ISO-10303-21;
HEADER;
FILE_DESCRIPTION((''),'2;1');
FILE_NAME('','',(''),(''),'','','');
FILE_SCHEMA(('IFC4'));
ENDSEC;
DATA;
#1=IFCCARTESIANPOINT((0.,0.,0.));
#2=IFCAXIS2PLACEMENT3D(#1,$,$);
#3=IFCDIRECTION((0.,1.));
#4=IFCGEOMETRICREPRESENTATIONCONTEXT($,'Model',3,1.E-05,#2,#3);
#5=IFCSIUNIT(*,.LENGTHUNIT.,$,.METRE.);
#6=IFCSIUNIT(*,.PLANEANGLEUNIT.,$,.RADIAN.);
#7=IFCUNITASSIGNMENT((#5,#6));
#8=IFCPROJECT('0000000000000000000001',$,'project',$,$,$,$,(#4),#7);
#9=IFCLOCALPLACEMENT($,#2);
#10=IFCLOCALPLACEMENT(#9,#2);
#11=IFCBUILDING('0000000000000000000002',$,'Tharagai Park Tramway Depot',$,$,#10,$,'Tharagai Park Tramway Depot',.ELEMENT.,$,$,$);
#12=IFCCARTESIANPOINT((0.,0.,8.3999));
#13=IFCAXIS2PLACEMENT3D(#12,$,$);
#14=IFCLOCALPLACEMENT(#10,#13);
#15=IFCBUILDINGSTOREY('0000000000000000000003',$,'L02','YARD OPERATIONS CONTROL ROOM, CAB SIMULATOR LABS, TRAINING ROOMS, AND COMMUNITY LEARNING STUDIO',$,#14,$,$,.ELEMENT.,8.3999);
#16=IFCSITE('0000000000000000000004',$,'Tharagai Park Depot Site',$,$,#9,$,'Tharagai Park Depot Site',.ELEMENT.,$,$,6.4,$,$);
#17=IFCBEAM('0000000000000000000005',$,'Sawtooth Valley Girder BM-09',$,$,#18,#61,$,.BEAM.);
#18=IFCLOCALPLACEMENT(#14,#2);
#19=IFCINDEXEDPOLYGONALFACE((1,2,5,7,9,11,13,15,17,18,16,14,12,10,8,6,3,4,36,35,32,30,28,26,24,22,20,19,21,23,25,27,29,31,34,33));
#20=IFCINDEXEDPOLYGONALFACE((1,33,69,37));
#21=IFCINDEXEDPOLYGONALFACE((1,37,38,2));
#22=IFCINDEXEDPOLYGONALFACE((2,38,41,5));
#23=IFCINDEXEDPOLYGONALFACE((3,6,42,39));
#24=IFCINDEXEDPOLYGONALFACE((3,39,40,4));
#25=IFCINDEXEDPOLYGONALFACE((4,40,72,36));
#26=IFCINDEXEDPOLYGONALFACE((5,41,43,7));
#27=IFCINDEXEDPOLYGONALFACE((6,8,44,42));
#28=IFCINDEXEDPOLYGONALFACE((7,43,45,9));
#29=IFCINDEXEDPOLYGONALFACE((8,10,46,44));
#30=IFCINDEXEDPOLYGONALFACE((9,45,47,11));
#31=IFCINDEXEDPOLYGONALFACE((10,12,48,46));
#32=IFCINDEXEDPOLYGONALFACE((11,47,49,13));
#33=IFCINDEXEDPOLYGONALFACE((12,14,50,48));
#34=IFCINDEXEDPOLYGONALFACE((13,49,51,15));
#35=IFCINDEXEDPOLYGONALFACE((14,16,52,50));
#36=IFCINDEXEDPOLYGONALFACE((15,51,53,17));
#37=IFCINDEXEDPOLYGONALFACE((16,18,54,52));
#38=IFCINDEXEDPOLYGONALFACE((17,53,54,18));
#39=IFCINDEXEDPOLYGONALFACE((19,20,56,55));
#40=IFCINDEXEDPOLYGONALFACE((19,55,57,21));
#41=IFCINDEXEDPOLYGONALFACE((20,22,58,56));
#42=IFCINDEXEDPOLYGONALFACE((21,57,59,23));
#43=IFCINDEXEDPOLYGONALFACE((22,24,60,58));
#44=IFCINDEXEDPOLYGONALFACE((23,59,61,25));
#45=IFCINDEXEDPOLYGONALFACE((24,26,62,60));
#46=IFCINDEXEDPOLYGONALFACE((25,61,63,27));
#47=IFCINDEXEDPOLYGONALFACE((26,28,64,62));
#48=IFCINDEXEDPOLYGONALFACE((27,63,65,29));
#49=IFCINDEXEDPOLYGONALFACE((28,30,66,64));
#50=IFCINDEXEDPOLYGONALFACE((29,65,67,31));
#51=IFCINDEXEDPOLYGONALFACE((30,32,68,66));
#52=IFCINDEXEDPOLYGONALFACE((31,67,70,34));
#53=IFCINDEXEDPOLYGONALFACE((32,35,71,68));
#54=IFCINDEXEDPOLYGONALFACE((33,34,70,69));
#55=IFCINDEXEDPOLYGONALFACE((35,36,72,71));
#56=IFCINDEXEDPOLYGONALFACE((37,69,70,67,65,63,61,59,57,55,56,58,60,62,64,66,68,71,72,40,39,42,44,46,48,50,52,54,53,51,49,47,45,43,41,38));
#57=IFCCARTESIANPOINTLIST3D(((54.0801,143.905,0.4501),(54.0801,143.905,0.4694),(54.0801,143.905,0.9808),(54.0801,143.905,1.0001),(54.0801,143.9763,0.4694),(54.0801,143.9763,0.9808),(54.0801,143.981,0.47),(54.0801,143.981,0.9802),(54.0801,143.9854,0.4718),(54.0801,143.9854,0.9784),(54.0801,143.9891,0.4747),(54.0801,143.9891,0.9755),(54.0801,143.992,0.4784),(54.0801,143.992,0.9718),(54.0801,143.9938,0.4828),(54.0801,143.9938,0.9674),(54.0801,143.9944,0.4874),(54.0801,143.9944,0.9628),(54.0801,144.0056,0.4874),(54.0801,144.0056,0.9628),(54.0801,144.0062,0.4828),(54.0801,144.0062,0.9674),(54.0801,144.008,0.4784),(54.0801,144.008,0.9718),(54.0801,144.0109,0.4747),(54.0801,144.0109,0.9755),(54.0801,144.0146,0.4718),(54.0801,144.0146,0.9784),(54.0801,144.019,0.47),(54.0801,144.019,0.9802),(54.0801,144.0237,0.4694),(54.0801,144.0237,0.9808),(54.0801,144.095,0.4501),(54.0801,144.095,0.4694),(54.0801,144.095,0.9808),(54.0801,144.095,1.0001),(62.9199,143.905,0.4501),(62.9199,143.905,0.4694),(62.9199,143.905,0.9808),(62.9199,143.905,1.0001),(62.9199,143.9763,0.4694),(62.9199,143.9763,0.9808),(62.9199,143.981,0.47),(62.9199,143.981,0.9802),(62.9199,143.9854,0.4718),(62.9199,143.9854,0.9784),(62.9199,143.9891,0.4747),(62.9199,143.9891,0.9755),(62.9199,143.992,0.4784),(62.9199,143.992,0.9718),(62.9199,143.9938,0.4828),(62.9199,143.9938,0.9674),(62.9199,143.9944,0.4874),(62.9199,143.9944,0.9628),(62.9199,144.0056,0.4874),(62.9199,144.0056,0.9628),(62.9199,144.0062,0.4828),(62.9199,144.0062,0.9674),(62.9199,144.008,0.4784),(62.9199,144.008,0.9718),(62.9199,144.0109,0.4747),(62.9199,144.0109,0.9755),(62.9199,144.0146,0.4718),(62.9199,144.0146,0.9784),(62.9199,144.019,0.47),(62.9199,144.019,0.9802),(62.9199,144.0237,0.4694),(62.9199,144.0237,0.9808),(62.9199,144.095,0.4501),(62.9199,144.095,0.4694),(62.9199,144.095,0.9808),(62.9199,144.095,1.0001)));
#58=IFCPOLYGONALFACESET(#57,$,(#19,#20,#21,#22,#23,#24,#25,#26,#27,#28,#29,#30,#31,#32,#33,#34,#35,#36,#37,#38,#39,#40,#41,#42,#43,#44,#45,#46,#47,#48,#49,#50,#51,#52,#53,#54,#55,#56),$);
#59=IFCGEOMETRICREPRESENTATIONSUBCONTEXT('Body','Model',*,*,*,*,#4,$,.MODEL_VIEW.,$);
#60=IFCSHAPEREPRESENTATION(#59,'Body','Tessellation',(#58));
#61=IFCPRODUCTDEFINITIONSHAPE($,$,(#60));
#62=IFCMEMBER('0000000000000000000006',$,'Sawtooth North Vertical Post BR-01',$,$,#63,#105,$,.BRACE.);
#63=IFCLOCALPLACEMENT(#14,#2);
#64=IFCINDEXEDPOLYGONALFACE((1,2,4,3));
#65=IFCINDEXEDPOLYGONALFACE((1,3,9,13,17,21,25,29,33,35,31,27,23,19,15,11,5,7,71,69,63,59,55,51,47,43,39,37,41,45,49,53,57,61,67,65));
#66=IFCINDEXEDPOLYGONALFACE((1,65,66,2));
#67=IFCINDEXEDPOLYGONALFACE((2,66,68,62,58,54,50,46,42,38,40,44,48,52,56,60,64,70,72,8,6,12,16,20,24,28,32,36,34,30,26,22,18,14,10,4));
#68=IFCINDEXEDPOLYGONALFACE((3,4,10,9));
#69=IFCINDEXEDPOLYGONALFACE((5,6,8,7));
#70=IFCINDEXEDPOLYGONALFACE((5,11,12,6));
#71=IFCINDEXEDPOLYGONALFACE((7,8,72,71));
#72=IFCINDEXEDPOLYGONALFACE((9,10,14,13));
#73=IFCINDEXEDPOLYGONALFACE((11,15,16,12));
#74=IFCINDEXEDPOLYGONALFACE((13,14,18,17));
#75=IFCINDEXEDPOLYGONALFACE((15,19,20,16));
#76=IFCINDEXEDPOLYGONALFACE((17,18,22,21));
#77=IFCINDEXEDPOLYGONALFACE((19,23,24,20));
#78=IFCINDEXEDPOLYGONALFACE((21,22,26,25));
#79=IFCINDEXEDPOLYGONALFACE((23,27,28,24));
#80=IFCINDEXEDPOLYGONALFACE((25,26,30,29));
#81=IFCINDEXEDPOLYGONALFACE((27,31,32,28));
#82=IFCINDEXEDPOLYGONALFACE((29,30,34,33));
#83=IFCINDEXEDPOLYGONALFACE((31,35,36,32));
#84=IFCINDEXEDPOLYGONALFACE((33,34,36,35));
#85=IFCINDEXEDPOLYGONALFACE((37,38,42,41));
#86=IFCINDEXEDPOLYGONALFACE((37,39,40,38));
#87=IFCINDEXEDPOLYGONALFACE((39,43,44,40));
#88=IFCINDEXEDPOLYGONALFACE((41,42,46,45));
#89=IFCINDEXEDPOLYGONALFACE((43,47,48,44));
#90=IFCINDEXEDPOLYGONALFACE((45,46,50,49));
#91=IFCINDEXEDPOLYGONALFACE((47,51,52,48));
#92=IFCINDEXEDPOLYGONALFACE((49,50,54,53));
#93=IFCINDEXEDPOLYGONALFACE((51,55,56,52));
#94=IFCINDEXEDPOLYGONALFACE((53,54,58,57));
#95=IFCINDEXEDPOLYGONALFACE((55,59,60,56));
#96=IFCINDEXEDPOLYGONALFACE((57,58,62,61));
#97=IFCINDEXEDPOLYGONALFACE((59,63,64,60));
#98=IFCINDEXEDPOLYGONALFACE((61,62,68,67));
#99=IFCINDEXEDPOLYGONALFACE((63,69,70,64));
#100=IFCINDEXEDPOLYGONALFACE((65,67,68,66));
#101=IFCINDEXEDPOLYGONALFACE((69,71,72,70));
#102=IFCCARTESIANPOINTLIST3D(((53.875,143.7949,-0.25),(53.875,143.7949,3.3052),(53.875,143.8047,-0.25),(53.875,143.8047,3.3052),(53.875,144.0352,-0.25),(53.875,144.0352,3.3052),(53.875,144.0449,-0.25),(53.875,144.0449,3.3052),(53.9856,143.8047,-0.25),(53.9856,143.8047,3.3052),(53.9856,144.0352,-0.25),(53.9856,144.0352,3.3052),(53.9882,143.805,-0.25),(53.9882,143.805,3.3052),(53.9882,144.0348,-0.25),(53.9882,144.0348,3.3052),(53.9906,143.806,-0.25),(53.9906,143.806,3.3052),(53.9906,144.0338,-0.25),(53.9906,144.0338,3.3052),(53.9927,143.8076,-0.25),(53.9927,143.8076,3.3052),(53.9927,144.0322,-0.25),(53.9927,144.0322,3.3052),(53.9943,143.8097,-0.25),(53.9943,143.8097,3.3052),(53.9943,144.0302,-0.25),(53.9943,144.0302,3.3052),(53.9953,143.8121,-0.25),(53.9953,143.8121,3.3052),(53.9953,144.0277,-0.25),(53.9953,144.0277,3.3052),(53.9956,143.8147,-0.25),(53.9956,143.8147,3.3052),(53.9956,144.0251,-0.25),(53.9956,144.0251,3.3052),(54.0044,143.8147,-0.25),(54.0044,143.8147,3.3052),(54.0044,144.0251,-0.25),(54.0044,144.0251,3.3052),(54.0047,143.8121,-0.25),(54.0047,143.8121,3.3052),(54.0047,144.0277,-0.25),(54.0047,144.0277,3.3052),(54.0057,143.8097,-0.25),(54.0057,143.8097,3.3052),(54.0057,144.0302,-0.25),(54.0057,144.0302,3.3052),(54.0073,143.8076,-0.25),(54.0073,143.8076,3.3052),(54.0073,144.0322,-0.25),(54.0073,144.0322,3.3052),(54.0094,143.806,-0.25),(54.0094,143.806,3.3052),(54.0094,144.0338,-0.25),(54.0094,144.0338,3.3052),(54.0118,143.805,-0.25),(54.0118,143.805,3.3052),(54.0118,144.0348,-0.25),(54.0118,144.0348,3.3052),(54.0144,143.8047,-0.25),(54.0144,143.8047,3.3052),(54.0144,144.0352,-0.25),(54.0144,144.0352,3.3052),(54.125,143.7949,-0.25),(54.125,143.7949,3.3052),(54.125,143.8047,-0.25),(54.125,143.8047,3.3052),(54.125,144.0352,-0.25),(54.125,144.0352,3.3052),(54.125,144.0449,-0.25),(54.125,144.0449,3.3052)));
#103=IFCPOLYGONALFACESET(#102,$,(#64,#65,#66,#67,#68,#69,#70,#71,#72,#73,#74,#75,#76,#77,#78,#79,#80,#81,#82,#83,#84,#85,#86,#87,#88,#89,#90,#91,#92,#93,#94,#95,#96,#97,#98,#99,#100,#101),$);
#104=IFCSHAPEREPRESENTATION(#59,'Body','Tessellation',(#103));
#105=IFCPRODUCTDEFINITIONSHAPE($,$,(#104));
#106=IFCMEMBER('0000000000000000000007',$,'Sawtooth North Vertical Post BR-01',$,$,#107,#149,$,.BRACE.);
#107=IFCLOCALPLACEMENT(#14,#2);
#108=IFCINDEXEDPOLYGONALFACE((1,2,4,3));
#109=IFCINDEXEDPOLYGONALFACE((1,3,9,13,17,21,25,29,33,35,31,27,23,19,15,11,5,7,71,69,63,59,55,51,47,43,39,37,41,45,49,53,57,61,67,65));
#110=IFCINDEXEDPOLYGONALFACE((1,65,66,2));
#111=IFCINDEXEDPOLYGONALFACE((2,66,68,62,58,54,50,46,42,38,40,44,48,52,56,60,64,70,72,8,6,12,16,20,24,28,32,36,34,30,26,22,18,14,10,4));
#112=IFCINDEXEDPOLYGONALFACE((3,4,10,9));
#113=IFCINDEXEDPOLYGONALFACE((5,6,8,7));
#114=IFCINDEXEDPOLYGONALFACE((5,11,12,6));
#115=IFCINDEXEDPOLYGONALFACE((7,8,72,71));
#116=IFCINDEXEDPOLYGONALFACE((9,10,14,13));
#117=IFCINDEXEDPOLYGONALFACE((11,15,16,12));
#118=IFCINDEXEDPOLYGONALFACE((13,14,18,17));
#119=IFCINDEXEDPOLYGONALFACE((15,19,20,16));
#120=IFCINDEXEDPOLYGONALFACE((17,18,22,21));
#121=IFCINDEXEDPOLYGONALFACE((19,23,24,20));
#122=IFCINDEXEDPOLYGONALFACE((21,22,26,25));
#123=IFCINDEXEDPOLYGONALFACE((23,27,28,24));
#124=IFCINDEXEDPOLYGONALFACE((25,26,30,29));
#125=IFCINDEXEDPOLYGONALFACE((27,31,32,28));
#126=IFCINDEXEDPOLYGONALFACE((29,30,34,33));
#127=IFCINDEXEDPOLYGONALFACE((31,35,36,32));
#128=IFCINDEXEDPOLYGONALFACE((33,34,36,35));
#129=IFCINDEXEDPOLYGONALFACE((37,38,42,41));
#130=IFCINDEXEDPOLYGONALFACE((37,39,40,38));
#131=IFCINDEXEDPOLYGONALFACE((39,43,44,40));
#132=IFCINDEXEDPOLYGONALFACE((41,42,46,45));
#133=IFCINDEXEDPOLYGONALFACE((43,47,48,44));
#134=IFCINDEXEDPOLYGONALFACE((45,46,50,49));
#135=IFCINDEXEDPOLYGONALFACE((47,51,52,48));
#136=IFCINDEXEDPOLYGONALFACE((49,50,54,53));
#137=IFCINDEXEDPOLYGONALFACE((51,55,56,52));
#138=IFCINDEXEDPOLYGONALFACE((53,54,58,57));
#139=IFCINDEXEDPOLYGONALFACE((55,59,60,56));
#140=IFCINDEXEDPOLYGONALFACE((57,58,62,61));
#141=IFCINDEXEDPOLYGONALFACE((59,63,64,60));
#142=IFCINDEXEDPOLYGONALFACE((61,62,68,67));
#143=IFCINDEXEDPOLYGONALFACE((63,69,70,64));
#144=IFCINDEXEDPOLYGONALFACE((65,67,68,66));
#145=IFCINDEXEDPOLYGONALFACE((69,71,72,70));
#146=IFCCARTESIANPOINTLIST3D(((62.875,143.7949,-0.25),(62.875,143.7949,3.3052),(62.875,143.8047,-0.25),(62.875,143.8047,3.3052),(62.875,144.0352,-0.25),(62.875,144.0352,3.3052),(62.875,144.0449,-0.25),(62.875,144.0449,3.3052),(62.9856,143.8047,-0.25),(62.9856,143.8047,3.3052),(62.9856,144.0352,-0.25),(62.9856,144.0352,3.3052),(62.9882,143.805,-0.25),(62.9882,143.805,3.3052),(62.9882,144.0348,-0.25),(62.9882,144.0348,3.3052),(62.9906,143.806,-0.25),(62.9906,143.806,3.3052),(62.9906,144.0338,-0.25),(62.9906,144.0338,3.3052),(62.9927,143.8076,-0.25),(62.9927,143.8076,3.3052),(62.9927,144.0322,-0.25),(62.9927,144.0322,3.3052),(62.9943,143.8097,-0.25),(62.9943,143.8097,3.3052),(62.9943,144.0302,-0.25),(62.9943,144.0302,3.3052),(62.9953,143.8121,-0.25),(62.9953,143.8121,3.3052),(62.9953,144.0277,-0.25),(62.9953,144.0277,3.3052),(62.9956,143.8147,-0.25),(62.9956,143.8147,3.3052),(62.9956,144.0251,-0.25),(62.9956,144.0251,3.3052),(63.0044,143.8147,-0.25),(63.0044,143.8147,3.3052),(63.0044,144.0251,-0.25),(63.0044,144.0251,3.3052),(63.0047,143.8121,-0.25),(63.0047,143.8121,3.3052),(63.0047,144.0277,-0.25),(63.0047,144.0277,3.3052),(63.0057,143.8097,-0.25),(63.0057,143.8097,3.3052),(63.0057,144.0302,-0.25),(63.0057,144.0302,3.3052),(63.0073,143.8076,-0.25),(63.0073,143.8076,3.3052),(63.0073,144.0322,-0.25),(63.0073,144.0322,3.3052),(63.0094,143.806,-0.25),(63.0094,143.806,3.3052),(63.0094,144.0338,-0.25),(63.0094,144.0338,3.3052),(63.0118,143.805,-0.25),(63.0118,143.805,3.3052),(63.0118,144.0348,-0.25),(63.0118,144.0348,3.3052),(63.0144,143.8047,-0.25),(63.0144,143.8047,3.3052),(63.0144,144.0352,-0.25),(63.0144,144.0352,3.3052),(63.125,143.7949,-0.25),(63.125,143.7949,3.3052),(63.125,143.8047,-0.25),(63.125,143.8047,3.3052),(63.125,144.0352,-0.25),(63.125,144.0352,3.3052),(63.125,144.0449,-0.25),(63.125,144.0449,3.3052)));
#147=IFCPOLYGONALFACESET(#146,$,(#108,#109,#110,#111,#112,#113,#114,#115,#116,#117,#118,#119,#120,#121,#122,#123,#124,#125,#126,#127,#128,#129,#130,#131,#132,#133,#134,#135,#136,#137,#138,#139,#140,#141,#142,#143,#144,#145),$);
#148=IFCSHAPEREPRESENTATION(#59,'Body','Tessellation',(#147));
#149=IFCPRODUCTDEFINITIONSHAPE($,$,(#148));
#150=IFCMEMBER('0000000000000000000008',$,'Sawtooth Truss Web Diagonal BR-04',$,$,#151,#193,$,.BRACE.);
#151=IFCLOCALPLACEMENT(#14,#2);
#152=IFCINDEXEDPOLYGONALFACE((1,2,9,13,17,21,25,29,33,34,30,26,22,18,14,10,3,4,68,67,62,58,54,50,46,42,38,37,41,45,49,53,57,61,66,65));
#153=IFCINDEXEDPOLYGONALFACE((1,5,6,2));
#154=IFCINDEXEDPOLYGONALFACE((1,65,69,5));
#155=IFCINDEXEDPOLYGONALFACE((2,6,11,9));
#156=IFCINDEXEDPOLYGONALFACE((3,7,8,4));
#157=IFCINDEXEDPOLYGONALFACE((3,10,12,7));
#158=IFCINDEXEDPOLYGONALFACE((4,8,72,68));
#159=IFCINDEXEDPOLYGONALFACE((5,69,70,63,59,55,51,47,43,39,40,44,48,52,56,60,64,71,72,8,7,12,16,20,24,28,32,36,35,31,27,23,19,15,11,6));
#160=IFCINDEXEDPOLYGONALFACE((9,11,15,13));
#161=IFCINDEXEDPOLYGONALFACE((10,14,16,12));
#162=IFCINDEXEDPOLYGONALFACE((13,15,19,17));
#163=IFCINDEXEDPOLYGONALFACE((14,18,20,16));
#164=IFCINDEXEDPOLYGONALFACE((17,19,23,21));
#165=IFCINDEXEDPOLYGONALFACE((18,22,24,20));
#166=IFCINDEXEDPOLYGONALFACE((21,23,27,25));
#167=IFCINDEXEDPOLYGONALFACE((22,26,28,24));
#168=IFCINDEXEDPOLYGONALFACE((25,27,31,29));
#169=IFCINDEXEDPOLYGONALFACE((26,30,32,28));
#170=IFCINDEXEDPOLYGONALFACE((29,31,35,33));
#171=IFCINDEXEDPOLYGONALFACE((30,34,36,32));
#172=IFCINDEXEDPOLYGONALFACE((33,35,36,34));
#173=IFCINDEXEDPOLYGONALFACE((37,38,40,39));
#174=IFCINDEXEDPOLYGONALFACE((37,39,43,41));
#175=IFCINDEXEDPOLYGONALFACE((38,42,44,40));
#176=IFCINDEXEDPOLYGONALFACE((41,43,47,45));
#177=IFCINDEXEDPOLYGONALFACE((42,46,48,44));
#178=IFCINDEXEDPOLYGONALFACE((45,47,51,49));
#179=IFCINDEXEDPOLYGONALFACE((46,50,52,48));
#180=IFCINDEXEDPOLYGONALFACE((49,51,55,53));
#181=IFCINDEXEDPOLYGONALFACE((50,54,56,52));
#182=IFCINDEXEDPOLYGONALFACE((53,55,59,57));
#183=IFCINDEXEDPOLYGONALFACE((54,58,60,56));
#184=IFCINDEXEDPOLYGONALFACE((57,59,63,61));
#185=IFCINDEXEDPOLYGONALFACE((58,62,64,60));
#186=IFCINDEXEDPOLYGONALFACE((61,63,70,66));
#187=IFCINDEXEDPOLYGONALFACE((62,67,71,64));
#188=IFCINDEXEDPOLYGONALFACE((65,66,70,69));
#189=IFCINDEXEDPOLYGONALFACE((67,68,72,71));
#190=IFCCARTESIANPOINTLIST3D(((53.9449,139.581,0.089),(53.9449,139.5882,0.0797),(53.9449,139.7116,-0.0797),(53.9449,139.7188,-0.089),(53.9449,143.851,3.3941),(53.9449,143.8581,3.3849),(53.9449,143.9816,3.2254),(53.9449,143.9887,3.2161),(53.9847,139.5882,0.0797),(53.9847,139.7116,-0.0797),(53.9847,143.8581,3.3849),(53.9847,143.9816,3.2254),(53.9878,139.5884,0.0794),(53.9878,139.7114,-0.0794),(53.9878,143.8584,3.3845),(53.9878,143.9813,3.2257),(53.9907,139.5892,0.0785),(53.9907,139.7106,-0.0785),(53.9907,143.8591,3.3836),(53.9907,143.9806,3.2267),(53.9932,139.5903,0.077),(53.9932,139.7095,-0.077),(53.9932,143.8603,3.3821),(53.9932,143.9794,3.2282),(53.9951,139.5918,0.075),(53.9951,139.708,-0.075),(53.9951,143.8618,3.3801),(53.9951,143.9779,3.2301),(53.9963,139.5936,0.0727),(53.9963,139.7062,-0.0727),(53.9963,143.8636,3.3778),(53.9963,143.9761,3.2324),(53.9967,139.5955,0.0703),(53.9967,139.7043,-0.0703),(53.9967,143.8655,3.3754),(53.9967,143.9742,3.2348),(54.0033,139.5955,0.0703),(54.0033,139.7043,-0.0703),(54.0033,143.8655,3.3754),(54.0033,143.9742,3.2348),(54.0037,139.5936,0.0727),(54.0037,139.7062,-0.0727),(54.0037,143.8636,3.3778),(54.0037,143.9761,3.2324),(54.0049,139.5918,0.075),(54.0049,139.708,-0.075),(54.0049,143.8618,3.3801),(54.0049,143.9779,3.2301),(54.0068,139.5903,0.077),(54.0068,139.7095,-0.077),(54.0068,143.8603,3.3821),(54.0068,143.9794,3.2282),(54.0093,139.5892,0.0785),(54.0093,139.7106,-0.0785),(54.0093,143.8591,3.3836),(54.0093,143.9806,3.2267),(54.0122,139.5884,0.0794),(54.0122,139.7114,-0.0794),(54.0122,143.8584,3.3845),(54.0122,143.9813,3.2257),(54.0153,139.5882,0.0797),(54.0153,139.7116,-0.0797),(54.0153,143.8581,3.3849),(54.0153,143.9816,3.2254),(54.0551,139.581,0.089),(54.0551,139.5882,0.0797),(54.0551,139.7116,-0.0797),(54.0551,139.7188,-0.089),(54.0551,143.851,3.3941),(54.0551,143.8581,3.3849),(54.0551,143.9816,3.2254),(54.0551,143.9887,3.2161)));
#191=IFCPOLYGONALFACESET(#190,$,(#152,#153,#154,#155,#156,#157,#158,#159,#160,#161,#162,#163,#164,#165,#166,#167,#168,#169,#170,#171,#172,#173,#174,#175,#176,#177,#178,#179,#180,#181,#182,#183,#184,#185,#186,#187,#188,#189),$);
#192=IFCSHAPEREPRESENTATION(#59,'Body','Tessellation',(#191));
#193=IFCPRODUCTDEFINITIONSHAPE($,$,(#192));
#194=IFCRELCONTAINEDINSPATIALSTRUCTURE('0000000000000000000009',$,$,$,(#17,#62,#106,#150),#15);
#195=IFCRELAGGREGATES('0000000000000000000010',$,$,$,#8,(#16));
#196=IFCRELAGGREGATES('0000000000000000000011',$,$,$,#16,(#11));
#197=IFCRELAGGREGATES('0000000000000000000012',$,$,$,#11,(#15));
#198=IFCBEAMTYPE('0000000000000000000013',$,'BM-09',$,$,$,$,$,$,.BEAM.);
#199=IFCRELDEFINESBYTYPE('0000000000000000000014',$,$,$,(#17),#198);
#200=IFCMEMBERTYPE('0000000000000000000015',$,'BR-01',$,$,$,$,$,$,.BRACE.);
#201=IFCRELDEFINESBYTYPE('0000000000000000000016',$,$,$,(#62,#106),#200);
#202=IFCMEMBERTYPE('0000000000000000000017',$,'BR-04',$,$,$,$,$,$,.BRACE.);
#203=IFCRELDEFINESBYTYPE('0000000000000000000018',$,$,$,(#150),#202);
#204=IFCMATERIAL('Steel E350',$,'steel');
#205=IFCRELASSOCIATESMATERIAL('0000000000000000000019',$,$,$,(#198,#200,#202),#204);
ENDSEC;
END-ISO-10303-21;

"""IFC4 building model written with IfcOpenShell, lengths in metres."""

from ifc_helpers import new_model, si_unit, direction, frame, origin, origin_2d, place, context, subcontext, project, spatial, i_section, extrude, material, material_profile, profile_set, type_object, element, save


model = new_model("IFC4")

# Units and contexts
model_context = context("Model", 3, precision=1e-05, world=origin(), true_north=direction((0.0, 1.0)))
body_context = subcontext(model_context, "Body", "Model", "MODEL_VIEW")
ifc_project = project(units=[si_unit("LENGTHUNIT", "METRE"), si_unit("PLANEANGLEUNIT", "RADIAN")], contexts=[model_context])

# Site, building, storey
site_placement = place(None, origin())
site = spatial("IfcSite", under=ifc_project, at=site_placement, Name="Tharagai Park Depot Site", LongName="Tharagai Park Depot Site", CompositionType="ELEMENT", RefElevation=6.4)
building_placement = place(site_placement, origin())
building = spatial("IfcBuilding", under=site, at=building_placement, Name="Tharagai Park Tramway Depot", LongName="Tharagai Park Tramway Depot", CompositionType="ELEMENT")
storey_placement = place(building_placement, frame((0.0, 0.0, 8.3999)))
storey = spatial("IfcBuildingStorey", under=building, at=storey_placement, Name="L02", Description="YARD OPERATIONS CONTROL ROOM, CAB SIMULATOR LABS, TRAINING ROOMS, AND COMMUNITY LEARNING STUDIO", CompositionType="ELEMENT", Elevation=8.3999)

# Beam
ifc_material_1 = material(Name="Steel E350", Category="steel")
ifc_material_profile_1 = material_profile(ifc_material_1, i_section(OverallWidth=0.1899, OverallDepth=0.55, WebThickness=0.0112, FlangeThickness=0.0193, FilletRadius=0.0181, at=origin_2d()), Name="ISMB 550")
ifc_profile_set_1 = profile_set([ifc_material_profile_1], Name="Steel E350")
beam_type = type_object("IfcBeamType", Name="BM-09", PredefinedType="BEAM", material=ifc_profile_set_1)
beam_placement = place(storey_placement, frame((54.0801, 144.0, 0.7251), z_axis=(1.0, 0.0, 0.0), x_axis=(0.0, 1.0, 0.0)))
element("IfcBeam", 1, at=beam_placement, inside=storey, type_object=beam_type, Name="Sawtooth Valley Girder BM-09", PredefinedType="BEAM", context=body_context, shape_type="SweptSolid", body=[
    extrude(i_section(OverallWidth=0.1899, OverallDepth=0.55, WebThickness=0.0112, FlangeThickness=0.0193, FilletRadius=0.0181, at=origin_2d()), origin(), (0.0, 0.0, 1.0), 8.8398),
])

# Members
ifc_material_profile_2 = material_profile(ifc_material_1, i_section(OverallWidth=0.25, OverallDepth=0.25, WebThickness=0.0088, FlangeThickness=0.0098, FilletRadius=0.01, at=origin_2d()), Name="ISHB 250")
ifc_profile_set_2 = profile_set([ifc_material_profile_2], Name="Steel E350")
member_type_1 = type_object("IfcMemberType", Name="BR-01", PredefinedType="BRACE", material=ifc_profile_set_2)
for number, where, z_axis, x_axis, name in (
    (2, (54.0, 143.9199, -0.25), (0.0, 0.0, 1.0), (1.0, 0.0, 0.0), "Sawtooth North Vertical Post BR-01"),
    (3, (63.0, 143.9199, -0.25), (0.0, 0.0, 1.0), (1.0, 0.0, 0.0), "Sawtooth North Vertical Post BR-01"),
):
    element("IfcMember", number, at=place(storey_placement, frame(where, z_axis=z_axis, x_axis=x_axis)), inside=storey, type_object=member_type_1, Name=name, PredefinedType="BRACE", context=body_context, shape_type="SweptSolid", body=[
        extrude(i_section(OverallWidth=0.25, OverallDepth=0.25, WebThickness=0.0088, FlangeThickness=0.0098, FilletRadius=0.01, at=origin_2d()), origin(), (0.0, 0.0, 1.0), 3.5552),
    ])
ifc_material_profile_3 = material_profile(ifc_material_1, i_section(OverallWidth=0.1101, OverallDepth=0.2251, WebThickness=0.0066, FlangeThickness=0.0117, FilletRadius=0.012, at=origin_2d()), Name="ISMB 225")
ifc_profile_set_3 = profile_set([ifc_material_profile_3], Name="Steel E350")
member_type_2 = type_object("IfcMemberType", Name="BR-04", PredefinedType="BRACE", material=ifc_profile_set_3)
for number, where, z_axis, x_axis, name in (
    (4, (54.0, 139.6499, 0.0), (0.0, 0.790782, 0.612098), (-1.0, 0.0, 0.0), "Sawtooth Truss Web Diagonal BR-04"),
):
    element("IfcMember", number, at=place(storey_placement, frame(where, z_axis=z_axis, x_axis=x_axis)), inside=storey, type_object=member_type_2, Name=name, PredefinedType="BRACE", context=body_context, shape_type="SweptSolid", body=[
        extrude(i_section(OverallWidth=0.1101, OverallDepth=0.2251, WebThickness=0.0066, FlangeThickness=0.0117, FilletRadius=0.012, at=origin_2d()), origin(), (0.0, 0.0, 1.0), 5.3997),
    ])

save(model, "model.ifc")
